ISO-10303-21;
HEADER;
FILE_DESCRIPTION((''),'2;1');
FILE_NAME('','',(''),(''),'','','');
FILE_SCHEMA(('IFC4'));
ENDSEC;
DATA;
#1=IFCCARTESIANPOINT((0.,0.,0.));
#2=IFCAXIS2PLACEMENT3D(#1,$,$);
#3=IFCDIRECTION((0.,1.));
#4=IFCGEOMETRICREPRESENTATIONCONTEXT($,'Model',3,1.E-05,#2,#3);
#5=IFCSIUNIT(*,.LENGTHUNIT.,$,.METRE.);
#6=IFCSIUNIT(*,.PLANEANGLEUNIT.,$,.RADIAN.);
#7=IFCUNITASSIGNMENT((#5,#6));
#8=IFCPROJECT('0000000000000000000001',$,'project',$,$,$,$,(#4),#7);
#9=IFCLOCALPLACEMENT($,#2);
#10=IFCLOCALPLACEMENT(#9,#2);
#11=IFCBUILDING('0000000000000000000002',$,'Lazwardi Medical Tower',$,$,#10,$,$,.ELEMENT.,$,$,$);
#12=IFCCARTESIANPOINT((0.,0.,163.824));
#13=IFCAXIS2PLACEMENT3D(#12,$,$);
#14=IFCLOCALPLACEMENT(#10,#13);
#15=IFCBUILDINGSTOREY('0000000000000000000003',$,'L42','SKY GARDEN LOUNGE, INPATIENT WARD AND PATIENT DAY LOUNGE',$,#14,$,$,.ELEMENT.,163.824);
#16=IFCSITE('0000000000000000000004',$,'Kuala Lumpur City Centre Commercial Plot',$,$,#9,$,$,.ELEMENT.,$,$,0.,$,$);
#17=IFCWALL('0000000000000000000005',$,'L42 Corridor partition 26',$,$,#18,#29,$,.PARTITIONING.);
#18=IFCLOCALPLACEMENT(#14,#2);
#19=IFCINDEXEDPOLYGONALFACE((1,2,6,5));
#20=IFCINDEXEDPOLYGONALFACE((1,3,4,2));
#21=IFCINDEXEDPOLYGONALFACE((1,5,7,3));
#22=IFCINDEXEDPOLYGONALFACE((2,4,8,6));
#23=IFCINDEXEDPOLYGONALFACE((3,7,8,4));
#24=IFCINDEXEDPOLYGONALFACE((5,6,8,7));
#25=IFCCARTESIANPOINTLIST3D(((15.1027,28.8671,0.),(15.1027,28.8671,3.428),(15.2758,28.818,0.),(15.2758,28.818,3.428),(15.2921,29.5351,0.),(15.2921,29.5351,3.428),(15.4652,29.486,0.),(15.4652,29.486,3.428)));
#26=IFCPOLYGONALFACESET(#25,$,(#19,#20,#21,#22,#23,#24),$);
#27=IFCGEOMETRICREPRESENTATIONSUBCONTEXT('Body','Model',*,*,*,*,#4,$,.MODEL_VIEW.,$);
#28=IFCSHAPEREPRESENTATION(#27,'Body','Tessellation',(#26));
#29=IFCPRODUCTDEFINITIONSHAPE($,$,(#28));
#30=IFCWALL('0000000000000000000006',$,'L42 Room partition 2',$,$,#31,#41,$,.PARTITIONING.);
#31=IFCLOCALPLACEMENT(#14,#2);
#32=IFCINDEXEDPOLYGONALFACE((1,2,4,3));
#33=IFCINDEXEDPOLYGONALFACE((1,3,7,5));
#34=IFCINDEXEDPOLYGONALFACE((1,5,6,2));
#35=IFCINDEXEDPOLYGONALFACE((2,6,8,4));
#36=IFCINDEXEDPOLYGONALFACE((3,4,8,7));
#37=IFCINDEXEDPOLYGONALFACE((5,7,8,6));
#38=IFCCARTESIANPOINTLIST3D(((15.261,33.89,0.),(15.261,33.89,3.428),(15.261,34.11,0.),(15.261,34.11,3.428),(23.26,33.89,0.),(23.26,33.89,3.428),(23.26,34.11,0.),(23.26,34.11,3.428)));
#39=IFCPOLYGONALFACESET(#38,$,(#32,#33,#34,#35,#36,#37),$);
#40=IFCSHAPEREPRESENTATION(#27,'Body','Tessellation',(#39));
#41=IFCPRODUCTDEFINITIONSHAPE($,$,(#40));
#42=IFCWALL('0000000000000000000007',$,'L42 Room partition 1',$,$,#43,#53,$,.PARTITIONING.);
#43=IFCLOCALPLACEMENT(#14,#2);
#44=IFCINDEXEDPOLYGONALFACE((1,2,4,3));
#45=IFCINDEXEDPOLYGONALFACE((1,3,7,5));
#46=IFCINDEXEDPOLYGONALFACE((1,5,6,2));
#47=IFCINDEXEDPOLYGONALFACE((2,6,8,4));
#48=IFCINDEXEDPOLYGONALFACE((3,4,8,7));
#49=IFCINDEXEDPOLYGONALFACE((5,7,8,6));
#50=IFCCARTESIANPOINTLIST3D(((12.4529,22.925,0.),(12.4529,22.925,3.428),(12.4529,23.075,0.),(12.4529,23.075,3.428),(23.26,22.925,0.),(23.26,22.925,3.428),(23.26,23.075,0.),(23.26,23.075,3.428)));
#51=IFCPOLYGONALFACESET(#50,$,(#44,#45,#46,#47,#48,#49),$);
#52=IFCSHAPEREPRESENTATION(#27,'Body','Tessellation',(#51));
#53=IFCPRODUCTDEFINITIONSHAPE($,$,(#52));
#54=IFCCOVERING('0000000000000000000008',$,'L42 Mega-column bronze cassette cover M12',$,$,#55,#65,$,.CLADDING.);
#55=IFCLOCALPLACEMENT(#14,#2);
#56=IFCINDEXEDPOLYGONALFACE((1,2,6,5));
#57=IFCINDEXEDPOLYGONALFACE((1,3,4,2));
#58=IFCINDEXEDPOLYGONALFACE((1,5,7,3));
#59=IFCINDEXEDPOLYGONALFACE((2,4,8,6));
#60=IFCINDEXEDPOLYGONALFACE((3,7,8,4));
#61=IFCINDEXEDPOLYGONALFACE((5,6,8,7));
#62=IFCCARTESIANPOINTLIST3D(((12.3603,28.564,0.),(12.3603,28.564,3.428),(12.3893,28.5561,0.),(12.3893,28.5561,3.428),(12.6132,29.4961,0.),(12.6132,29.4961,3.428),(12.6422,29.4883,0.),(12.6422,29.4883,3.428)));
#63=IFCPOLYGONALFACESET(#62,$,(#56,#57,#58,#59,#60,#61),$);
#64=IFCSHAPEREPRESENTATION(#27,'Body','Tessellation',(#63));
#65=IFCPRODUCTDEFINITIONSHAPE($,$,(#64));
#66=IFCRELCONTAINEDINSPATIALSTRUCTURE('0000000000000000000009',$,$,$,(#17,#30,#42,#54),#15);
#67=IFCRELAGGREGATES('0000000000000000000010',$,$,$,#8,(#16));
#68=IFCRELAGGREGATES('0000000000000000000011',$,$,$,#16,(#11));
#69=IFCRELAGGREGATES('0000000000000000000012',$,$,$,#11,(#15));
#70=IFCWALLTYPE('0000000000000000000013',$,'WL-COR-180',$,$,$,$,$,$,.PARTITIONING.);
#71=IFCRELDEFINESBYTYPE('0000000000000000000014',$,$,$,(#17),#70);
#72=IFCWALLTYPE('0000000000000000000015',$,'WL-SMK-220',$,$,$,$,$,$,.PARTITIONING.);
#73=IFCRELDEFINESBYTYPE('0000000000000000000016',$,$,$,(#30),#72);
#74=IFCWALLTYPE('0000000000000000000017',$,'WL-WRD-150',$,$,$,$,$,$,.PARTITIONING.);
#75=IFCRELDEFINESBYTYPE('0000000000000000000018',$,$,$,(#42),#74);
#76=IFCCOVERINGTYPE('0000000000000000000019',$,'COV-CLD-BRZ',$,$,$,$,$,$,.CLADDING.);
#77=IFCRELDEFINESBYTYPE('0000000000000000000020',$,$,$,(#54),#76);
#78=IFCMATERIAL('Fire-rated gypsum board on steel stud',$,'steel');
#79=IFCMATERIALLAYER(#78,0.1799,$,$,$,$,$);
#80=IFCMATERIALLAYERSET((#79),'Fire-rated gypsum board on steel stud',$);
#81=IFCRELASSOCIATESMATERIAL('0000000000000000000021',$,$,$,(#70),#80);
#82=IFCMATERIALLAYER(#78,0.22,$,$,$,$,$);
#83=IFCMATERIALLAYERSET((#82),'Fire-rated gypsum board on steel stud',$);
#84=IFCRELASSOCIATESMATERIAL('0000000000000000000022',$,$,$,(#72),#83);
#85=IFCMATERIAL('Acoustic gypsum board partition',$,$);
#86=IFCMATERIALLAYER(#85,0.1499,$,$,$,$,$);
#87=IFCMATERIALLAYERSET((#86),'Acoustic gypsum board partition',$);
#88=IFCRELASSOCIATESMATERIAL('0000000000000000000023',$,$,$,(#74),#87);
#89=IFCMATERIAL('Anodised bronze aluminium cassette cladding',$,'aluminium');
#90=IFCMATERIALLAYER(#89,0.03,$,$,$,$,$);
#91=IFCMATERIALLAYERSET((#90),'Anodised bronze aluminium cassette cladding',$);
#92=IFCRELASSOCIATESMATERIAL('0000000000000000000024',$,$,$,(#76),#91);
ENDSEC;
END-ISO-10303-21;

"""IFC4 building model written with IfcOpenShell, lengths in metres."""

from ifc_helpers import new_model, si_unit, direction, frame, frame_2d, origin, origin_2d, place, context, subcontext, project, spatial, rectangle, extrude, material, layer, layer_set, type_object, element, save


model = new_model("IFC4")

# Units and contexts
model_context = context("Model", 3, precision=1e-05, world=origin(), true_north=direction((0.0, 1.0)))
body_context = subcontext(model_context, "Body", "Model", "MODEL_VIEW")
ifc_project = project(units=[si_unit("LENGTHUNIT", "METRE"), si_unit("PLANEANGLEUNIT", "RADIAN")], contexts=[model_context])

# Site, building, storey
site_placement = place(None, origin())
site = spatial("IfcSite", under=ifc_project, at=site_placement, Name="Kuala Lumpur City Centre Commercial Plot", CompositionType="ELEMENT", RefElevation=0.0)
building_placement = place(site_placement, origin())
building = spatial("IfcBuilding", under=site, at=building_placement, Name="Lazwardi Medical Tower", CompositionType="ELEMENT")
storey_placement = place(building_placement, frame((0.0, 0.0, 163.824)))
storey = spatial("IfcBuildingStorey", under=building, at=storey_placement, Name="L42", Description="SKY GARDEN LOUNGE, INPATIENT WARD AND PATIENT DAY LOUNGE", CompositionType="ELEMENT", Elevation=163.824)

# Shared definitions
ifc_material_1 = material(Name="Fire-rated gypsum board on steel stud", Category="steel")
ifc_layer_1 = layer(ifc_material_1, 0.1799)
ifc_layer_set_1 = layer_set([ifc_layer_1], Name="Fire-rated gypsum board on steel stud")
wall_type_1 = type_object("IfcWallType", Name="WL-COR-180", PredefinedType="PARTITIONING", material=ifc_layer_set_1)

# Walls
wall_1_placement = place(storey_placement, frame((15.1892, 28.8425, 0.0), z_axis=(0.0, 0.0, 1.0), x_axis=(0.272863, 0.962053, 0.0)))
element("IfcWall", 1, at=wall_1_placement, inside=storey, type_object=wall_type_1, Name="L42 Corridor partition 26", PredefinedType="PARTITIONING", context=body_context, shape_type="SweptSolid", body=[
    extrude(rectangle(XDim=0.6943, YDim=0.1799, at=frame_2d((0.3472, 0.0))), origin(), (0.0, 0.0, 1.0), 3.428),
])
ifc_layer_2 = layer(ifc_material_1, 0.22)
ifc_layer_set_2 = layer_set([ifc_layer_2], Name="Fire-rated gypsum board on steel stud")
wall_type_2 = type_object("IfcWallType", Name="WL-SMK-220", PredefinedType="PARTITIONING", material=ifc_layer_set_2)
wall_2_placement = place(storey_placement, frame((15.261, 34.0, 0.0), z_axis=(0.0, 0.0, 1.0), x_axis=(1.0, 0.0, 0.0)))
element("IfcWall", 2, at=wall_2_placement, inside=storey, type_object=wall_type_2, Name="L42 Room partition 2", PredefinedType="PARTITIONING", context=body_context, shape_type="SweptSolid", body=[
    extrude(rectangle(XDim=7.999, YDim=0.22, at=frame_2d((3.9995, 0.0))), origin(), (0.0, 0.0, 1.0), 3.428),
])
ifc_material_2 = material(Name="Acoustic gypsum board partition")
ifc_layer_3 = layer(ifc_material_2, 0.1499)
ifc_layer_set_3 = layer_set([ifc_layer_3], Name="Acoustic gypsum board partition")
wall_type_3 = type_object("IfcWallType", Name="WL-WRD-150", PredefinedType="PARTITIONING", material=ifc_layer_set_3)
wall_3_placement = place(storey_placement, frame((12.4529, 23.0, 0.0), z_axis=(0.0, 0.0, 1.0), x_axis=(1.0, 0.0, 0.0)))
element("IfcWall", 3, at=wall_3_placement, inside=storey, type_object=wall_type_3, Name="L42 Room partition 1", PredefinedType="PARTITIONING", context=body_context, shape_type="SweptSolid", body=[
    extrude(rectangle(XDim=10.8071, YDim=0.1499, at=frame_2d((5.4036, 0.0))), origin(), (0.0, 0.0, 1.0), 3.428),
])

# Covering
ifc_material_3 = material(Name="Anodised bronze aluminium cassette cladding", Category="aluminium")
ifc_layer_4 = layer(ifc_material_3, 0.03)
ifc_layer_set_4 = layer_set([ifc_layer_4], Name="Anodised bronze aluminium cassette cladding")
covering_type = type_object("IfcCoveringType", Name="COV-CLD-BRZ", PredefinedType="CLADDING", material=ifc_layer_set_4)
covering_placement = place(storey_placement, frame((12.5012, 29.0261, 0.0), z_axis=(0.0, 0.0, 1.0), x_axis=(-0.261829, -0.965114, 0.0)))
element("IfcCovering", 4, at=covering_placement, inside=storey, type_object=covering_type, Name="L42 Mega-column bronze cassette cover M12", PredefinedType="CLADDING", context=body_context, shape_type="SweptSolid", body=[
    extrude(rectangle(XDim=0.9658, YDim=0.03, at=origin_2d()), origin(), (0.0, 0.0, 1.0), 3.428),
])

save(model, "model.ifc")
